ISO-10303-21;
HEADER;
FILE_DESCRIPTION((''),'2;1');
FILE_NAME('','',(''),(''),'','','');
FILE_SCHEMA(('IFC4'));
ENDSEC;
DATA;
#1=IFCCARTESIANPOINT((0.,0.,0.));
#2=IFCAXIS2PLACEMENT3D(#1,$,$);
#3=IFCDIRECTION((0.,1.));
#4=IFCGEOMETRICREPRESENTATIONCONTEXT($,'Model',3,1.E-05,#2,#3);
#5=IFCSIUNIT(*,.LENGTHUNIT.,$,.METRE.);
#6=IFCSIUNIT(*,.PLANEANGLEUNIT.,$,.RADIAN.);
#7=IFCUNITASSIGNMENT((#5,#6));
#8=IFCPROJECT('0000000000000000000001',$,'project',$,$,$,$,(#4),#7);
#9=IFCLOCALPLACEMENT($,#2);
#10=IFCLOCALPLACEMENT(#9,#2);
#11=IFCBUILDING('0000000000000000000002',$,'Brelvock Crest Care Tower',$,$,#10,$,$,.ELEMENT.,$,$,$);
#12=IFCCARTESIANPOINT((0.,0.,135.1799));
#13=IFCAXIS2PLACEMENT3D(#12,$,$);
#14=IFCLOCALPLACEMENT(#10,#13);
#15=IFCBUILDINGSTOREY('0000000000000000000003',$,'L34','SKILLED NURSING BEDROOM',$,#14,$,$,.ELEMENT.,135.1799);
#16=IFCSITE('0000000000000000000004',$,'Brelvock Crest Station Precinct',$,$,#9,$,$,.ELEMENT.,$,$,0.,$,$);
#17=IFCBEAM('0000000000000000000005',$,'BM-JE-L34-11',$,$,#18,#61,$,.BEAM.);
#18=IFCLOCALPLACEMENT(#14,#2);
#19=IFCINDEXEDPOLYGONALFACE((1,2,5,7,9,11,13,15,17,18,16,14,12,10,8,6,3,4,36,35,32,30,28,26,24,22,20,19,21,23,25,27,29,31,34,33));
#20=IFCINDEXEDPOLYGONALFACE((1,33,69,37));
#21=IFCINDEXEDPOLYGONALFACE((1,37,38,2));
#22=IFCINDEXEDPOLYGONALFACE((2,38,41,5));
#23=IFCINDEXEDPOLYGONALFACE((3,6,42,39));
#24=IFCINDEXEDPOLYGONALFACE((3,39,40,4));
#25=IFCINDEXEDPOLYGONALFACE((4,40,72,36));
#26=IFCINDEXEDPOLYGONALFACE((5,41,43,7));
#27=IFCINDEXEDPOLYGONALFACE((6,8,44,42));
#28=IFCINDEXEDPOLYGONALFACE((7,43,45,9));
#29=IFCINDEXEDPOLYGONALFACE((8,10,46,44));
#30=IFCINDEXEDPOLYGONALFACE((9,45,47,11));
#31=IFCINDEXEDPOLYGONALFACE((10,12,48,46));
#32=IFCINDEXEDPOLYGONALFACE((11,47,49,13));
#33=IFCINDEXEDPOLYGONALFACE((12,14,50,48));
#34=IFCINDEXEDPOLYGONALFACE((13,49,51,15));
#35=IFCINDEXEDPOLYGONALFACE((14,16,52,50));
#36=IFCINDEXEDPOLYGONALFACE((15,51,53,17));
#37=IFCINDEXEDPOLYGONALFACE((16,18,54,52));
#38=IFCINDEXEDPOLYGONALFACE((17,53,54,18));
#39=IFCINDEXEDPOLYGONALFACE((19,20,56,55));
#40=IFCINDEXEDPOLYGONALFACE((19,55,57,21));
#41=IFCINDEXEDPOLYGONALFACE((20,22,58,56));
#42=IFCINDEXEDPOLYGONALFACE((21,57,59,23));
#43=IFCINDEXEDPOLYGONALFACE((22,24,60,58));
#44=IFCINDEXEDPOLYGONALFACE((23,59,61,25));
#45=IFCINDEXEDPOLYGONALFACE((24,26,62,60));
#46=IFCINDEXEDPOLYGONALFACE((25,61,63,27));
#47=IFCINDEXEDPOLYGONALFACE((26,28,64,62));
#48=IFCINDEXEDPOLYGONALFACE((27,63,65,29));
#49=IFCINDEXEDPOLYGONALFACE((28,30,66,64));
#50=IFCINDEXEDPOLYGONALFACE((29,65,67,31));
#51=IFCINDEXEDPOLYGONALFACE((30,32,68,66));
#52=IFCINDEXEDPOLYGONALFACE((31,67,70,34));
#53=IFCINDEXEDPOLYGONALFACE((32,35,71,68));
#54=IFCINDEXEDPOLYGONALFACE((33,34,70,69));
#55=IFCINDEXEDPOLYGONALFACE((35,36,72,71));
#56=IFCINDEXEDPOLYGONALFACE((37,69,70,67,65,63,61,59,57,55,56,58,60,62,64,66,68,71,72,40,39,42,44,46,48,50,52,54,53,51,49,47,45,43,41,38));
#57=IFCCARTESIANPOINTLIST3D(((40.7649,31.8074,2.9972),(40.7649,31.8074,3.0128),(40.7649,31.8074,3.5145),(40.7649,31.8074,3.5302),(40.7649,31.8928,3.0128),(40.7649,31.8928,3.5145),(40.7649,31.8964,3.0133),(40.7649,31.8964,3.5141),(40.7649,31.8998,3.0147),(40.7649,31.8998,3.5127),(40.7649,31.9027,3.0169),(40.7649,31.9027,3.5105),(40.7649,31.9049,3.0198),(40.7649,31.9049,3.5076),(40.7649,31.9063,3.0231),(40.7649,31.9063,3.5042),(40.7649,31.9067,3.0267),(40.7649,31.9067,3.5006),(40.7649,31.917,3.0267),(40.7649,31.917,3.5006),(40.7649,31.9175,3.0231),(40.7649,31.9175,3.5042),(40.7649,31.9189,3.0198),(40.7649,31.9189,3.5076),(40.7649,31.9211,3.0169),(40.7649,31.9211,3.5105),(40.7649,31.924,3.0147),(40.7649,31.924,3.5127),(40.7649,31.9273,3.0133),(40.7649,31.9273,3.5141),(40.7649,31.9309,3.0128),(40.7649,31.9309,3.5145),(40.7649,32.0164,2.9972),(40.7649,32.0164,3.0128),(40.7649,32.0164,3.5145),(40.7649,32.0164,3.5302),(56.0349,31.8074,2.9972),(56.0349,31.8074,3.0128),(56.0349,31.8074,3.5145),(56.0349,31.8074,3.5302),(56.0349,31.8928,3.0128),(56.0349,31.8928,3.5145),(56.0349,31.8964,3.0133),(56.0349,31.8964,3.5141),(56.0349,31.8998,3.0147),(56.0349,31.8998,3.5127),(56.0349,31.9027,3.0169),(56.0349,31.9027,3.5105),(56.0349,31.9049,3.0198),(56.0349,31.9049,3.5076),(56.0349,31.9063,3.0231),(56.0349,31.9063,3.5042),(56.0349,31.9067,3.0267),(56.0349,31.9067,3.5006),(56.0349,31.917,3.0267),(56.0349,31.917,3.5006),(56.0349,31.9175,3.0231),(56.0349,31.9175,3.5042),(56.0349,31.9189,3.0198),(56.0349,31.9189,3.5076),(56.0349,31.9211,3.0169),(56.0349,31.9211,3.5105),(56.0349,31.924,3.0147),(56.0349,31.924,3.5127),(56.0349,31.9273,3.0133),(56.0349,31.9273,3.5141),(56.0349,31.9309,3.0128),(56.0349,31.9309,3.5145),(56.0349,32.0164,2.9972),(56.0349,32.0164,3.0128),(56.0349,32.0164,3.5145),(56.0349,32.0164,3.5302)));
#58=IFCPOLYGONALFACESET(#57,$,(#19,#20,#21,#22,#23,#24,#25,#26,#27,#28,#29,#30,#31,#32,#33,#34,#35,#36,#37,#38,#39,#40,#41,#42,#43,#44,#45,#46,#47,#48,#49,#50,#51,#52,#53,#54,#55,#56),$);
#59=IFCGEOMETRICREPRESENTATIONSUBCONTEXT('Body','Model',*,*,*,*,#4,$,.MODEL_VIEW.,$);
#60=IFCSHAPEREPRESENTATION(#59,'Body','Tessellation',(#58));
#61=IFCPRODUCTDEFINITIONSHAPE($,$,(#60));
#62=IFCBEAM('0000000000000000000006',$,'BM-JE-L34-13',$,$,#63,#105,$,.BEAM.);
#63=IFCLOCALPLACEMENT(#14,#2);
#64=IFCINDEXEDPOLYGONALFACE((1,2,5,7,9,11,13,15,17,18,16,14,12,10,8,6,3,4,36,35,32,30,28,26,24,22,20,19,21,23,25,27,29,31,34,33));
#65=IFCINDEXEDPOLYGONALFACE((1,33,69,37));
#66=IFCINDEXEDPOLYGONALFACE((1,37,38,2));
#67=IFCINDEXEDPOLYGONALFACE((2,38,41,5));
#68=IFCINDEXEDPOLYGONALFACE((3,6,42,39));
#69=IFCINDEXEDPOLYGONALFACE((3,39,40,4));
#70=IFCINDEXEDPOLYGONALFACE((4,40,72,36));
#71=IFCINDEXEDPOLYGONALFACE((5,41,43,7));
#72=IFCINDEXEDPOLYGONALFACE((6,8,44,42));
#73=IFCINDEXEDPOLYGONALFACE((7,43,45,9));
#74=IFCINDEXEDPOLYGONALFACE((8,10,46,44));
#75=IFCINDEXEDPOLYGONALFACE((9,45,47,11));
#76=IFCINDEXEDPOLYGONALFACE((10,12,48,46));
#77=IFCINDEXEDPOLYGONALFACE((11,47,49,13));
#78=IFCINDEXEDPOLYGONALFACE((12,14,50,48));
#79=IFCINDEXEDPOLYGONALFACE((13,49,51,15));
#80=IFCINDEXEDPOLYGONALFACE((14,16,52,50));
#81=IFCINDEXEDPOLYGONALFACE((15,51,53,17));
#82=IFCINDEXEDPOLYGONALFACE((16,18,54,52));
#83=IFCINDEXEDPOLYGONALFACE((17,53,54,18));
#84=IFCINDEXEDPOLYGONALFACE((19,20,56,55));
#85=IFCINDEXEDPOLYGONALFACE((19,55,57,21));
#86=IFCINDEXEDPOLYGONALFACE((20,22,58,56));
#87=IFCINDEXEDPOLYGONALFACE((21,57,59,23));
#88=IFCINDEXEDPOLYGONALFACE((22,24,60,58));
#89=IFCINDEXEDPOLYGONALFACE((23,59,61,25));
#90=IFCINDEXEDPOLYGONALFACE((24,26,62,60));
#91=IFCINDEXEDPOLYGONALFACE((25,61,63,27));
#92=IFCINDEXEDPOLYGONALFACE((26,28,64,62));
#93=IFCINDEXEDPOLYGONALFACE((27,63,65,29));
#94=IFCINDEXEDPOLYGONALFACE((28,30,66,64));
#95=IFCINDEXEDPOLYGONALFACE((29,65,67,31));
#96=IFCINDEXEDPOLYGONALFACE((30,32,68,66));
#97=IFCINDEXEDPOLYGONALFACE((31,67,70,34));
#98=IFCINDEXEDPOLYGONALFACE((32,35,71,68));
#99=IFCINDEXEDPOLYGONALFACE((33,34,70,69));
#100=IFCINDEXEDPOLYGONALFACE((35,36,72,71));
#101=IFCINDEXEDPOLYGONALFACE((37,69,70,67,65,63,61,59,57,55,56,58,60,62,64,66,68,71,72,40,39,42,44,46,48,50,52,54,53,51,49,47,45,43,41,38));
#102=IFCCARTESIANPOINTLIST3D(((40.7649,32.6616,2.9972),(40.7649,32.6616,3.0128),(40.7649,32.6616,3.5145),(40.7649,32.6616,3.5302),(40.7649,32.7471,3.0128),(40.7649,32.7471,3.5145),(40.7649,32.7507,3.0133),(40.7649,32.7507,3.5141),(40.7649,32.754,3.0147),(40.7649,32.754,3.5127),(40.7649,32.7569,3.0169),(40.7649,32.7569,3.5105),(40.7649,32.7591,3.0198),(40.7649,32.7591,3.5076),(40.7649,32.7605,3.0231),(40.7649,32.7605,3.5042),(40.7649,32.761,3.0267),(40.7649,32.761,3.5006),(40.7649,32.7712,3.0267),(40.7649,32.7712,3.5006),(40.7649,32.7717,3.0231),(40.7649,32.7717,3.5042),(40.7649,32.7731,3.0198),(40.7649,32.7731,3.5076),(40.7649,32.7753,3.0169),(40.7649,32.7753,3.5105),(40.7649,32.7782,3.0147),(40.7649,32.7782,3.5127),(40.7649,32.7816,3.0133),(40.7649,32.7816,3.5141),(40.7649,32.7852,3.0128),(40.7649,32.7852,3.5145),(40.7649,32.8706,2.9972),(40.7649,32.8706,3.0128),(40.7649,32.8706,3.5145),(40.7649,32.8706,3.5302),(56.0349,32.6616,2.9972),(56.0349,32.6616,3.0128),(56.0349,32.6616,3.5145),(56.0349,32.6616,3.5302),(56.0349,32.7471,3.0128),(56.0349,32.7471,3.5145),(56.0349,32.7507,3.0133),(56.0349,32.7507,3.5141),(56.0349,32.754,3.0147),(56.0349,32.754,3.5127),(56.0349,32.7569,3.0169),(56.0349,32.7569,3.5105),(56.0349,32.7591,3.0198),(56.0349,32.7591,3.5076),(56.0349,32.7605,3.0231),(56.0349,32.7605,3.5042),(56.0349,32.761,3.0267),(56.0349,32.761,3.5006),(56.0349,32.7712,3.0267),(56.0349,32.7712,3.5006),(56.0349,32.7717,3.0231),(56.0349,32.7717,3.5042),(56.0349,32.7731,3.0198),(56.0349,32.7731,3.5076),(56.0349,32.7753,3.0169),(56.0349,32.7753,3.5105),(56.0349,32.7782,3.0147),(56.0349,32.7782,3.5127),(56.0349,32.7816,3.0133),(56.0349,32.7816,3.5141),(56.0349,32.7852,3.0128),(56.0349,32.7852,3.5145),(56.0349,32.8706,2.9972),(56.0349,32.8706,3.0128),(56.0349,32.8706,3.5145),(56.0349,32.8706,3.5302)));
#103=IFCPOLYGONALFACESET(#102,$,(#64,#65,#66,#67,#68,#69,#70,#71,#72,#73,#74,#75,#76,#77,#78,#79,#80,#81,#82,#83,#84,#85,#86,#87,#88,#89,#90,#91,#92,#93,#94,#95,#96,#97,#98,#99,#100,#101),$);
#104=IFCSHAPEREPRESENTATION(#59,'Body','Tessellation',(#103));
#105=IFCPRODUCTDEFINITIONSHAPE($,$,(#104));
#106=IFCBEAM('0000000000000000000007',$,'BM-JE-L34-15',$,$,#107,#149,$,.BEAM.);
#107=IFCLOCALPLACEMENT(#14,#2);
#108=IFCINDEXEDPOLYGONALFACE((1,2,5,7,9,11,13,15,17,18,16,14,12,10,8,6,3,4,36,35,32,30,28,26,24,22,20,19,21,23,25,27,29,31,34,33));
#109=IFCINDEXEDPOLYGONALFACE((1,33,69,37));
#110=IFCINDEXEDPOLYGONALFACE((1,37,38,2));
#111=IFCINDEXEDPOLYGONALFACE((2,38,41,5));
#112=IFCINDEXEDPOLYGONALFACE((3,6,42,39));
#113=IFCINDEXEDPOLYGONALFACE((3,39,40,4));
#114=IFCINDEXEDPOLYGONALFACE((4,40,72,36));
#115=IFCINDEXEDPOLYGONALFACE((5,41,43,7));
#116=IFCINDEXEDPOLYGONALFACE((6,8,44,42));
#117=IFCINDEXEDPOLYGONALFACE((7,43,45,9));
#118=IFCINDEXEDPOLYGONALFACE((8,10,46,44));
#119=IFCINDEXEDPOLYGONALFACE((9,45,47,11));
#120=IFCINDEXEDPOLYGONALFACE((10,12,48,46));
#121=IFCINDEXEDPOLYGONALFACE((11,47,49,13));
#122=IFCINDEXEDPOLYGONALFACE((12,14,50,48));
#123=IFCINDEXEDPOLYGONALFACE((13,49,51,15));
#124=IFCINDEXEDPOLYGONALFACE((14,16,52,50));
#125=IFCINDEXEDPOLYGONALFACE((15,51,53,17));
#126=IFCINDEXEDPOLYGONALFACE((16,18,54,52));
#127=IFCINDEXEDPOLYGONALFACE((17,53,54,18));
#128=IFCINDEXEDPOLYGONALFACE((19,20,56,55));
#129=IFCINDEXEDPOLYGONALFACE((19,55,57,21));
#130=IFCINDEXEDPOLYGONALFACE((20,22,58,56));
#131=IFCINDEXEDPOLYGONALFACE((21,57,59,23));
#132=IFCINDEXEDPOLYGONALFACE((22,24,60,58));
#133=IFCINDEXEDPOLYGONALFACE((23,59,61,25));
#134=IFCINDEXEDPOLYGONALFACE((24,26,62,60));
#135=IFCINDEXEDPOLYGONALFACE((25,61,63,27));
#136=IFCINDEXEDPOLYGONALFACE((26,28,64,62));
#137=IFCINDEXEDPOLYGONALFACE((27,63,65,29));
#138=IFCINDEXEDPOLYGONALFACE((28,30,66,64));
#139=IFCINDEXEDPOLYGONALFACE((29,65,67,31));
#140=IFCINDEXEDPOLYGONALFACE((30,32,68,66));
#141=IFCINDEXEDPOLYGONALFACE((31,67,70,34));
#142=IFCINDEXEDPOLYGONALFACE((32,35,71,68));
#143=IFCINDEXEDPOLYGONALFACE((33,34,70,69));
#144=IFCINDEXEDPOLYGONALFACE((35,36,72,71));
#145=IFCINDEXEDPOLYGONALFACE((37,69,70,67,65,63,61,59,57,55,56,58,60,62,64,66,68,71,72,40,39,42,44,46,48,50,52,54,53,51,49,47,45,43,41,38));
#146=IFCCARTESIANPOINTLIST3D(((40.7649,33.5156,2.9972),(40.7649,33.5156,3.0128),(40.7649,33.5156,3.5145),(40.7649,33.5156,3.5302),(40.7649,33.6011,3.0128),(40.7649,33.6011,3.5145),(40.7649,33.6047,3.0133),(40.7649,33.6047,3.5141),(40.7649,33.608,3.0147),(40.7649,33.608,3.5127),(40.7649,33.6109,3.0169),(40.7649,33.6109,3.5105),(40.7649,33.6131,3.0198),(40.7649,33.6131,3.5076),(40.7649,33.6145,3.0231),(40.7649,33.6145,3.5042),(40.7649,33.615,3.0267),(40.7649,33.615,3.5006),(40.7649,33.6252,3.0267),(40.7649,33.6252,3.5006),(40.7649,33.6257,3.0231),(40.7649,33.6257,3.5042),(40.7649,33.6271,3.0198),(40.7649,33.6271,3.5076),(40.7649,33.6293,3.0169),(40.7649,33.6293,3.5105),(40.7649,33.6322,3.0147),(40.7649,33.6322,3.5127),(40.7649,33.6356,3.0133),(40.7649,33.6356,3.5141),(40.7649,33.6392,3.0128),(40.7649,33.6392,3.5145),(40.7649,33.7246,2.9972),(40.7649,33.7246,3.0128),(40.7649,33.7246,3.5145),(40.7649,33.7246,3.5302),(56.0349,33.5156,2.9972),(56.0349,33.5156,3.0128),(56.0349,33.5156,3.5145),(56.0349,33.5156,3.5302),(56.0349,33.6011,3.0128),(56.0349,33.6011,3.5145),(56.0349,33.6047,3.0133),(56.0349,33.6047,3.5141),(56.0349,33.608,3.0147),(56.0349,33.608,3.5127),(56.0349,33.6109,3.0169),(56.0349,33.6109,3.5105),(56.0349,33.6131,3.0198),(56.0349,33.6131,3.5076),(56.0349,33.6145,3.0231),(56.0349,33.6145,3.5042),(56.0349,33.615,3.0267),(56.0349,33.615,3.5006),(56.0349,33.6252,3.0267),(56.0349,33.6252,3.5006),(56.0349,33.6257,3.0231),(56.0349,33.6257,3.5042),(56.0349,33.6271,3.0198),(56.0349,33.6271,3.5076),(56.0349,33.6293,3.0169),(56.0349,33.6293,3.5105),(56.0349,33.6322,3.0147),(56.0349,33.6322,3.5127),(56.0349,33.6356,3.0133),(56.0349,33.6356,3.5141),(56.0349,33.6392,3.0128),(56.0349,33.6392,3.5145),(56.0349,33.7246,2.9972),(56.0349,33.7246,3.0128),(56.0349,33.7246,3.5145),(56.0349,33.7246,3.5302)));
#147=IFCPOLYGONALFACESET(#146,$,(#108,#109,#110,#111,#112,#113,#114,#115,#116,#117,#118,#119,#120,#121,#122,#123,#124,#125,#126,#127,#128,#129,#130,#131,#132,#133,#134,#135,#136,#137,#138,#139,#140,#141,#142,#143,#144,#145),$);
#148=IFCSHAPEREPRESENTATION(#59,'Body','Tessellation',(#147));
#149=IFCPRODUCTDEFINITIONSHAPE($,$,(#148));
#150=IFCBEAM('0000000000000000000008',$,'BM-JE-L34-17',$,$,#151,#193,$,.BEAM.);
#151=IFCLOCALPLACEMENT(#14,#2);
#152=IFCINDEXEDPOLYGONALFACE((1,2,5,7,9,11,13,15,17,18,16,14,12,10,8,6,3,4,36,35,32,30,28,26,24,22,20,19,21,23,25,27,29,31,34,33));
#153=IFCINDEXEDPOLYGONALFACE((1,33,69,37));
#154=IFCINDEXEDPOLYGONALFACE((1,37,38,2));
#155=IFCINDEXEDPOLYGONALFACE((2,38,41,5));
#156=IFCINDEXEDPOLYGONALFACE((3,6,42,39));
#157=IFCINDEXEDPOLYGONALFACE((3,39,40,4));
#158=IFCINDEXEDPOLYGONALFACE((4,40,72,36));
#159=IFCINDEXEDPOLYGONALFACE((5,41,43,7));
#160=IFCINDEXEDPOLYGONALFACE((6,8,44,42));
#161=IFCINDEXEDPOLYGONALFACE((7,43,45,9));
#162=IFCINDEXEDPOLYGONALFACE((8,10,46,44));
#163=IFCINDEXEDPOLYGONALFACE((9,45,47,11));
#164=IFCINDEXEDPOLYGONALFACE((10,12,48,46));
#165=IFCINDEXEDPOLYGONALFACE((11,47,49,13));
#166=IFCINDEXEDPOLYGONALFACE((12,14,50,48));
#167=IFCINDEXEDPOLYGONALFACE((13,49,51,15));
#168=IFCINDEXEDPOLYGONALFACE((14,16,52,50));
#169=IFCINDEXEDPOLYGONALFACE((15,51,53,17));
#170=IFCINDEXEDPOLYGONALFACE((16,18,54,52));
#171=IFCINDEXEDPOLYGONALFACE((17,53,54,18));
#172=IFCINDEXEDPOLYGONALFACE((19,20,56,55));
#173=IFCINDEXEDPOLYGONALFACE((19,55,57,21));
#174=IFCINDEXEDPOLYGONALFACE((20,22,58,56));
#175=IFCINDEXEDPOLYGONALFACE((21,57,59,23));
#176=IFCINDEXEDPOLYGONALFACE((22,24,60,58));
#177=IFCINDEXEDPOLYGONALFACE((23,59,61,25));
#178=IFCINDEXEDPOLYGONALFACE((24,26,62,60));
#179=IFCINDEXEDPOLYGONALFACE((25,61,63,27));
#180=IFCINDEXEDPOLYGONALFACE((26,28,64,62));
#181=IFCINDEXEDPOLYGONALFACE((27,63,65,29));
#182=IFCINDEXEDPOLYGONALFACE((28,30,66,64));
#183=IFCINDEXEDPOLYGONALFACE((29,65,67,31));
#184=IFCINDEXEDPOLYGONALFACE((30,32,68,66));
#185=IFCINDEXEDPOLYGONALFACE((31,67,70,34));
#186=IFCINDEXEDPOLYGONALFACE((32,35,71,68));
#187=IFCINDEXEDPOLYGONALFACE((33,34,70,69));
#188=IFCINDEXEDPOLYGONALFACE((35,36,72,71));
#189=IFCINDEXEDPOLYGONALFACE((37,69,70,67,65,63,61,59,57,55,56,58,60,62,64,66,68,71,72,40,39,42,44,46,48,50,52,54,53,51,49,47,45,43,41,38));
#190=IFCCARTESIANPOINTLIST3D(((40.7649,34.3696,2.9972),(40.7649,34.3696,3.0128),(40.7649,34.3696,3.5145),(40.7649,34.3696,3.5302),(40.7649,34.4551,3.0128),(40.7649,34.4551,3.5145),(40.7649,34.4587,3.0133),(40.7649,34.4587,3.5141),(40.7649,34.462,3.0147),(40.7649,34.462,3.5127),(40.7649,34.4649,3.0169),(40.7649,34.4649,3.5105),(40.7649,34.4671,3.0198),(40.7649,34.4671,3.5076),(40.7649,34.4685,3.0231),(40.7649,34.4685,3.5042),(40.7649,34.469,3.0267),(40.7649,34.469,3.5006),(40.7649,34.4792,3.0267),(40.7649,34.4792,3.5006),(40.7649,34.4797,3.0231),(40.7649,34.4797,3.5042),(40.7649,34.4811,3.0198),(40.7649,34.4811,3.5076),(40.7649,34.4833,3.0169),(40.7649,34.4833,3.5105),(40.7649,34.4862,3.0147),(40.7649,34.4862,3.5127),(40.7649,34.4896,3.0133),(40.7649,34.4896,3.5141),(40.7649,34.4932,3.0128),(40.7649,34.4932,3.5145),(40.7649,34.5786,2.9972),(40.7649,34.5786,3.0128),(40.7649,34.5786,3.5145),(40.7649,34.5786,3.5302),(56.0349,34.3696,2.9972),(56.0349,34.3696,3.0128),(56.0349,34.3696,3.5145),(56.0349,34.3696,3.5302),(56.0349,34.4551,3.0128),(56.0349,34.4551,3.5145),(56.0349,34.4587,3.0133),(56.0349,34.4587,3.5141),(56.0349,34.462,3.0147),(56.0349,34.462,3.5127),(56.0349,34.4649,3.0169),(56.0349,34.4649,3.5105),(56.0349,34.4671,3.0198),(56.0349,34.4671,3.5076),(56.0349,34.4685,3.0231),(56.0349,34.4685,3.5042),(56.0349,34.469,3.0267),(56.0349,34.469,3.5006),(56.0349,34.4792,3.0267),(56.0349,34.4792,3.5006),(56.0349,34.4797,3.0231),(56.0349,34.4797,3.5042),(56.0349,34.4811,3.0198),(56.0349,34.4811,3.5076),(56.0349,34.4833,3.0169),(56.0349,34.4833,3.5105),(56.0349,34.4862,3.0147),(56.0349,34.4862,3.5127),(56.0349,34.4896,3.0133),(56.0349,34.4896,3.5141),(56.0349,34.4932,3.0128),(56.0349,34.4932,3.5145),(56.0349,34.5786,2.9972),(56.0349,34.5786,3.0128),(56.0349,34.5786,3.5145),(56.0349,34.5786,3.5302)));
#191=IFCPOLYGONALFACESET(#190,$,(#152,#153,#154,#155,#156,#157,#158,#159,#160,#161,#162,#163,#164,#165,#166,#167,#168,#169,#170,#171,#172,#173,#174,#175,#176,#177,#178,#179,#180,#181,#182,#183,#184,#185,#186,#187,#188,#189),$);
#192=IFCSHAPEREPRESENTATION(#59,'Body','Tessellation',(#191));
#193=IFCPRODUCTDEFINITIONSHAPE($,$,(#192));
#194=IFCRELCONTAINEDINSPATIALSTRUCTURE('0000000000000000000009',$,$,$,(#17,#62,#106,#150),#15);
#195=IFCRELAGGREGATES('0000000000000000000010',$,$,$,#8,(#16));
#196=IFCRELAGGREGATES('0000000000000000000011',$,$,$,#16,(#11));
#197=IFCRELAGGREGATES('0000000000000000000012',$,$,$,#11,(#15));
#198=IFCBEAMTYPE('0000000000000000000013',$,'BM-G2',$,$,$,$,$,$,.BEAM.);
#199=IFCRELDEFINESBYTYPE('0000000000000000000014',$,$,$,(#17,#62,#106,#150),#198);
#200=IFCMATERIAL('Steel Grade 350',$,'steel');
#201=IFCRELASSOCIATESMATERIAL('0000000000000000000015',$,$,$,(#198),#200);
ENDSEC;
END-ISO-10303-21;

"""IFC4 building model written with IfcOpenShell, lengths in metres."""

from ifc_helpers import new_model, si_unit, direction, frame, origin, origin_2d, place, context, subcontext, project, spatial, i_section, extrude, source, transform, mapped, material, material_profile, profile_set, type_object, element, save


model = new_model("IFC4")

# Units and contexts
model_context = context("Model", 3, precision=1e-05, world=origin(), true_north=direction((0.0, 1.0)))
body_context = subcontext(model_context, "Body", "Model", "MODEL_VIEW")
ifc_project = project(units=[si_unit("LENGTHUNIT", "METRE"), si_unit("PLANEANGLEUNIT", "RADIAN")], contexts=[model_context])

# Site, building, storey
site_placement = place(None, origin())
site = spatial("IfcSite", under=ifc_project, at=site_placement, Name="Brelvock Crest Station Precinct", CompositionType="ELEMENT", RefElevation=0.0)
building_placement = place(site_placement, origin())
building = spatial("IfcBuilding", under=site, at=building_placement, Name="Brelvock Crest Care Tower", CompositionType="ELEMENT")
storey_placement = place(building_placement, frame((0.0, 0.0, 135.1799)))
storey = spatial("IfcBuildingStorey", under=building, at=storey_placement, Name="L34", Description="SKILLED NURSING BEDROOM", CompositionType="ELEMENT", Elevation=135.1799)

# Beams
ifc_material_1 = material(Name="Steel Grade 350", Category="steel")
ifc_material_profile_1 = material_profile(ifc_material_1, i_section(OverallWidth=0.209, OverallDepth=0.533, WebThickness=0.0103, FlangeThickness=0.0156, FilletRadius=0.0139, at=origin_2d()), Name="530UB92.4")
ifc_profile_set_1 = profile_set([ifc_material_profile_1], Name="Steel Grade 350")
beam_type_1 = type_object("IfcBeamType", Name="BM-G2", PredefinedType="BEAM", material=ifc_profile_set_1)
shared_shape_1 = source(origin(), body_context, "Body", "SweptSolid", [
    extrude(i_section(OverallWidth=0.209, OverallDepth=0.533, WebThickness=0.0103, FlangeThickness=0.0156, FilletRadius=0.0139, at=origin_2d()), origin(), (0.0, 0.0, 1.0), 15.27),
])
for number, where, z_axis, x_axis, name in (
    (1, (40.7649, 31.9119, 3.2637), (1.0, 0.0, 0.0), (0.0, 1.0, 0.0), "BM-JE-L34-11"),
    (2, (40.7649, 32.7661, 3.2637), (1.0, 0.0, 0.0), (0.0, 1.0, 0.0), "BM-JE-L34-13"),
    (3, (40.7649, 33.6201, 3.2637), (1.0, 0.0, 0.0), (0.0, 1.0, 0.0), "BM-JE-L34-15"),
    (4, (40.7649, 34.4741, 3.2637), (1.0, 0.0, 0.0), (0.0, 1.0, 0.0), "BM-JE-L34-17"),
):
    element("IfcBeam", number, at=place(storey_placement, frame(where, z_axis=z_axis, x_axis=x_axis)), inside=storey, type_object=beam_type_1, Name=name, PredefinedType="BEAM", context=body_context, shape_type="MappedRepresentation", body=[
        mapped(shared_shape_1, transform((0.0, 0.0, 0.0), x_axis=(1.0, 0.0, 0.0), y_axis=(0.0, 1.0, 0.0), z_axis=(0.0, 0.0, 1.0), scale=1.0)),
    ])

save(model, "model.ifc")
